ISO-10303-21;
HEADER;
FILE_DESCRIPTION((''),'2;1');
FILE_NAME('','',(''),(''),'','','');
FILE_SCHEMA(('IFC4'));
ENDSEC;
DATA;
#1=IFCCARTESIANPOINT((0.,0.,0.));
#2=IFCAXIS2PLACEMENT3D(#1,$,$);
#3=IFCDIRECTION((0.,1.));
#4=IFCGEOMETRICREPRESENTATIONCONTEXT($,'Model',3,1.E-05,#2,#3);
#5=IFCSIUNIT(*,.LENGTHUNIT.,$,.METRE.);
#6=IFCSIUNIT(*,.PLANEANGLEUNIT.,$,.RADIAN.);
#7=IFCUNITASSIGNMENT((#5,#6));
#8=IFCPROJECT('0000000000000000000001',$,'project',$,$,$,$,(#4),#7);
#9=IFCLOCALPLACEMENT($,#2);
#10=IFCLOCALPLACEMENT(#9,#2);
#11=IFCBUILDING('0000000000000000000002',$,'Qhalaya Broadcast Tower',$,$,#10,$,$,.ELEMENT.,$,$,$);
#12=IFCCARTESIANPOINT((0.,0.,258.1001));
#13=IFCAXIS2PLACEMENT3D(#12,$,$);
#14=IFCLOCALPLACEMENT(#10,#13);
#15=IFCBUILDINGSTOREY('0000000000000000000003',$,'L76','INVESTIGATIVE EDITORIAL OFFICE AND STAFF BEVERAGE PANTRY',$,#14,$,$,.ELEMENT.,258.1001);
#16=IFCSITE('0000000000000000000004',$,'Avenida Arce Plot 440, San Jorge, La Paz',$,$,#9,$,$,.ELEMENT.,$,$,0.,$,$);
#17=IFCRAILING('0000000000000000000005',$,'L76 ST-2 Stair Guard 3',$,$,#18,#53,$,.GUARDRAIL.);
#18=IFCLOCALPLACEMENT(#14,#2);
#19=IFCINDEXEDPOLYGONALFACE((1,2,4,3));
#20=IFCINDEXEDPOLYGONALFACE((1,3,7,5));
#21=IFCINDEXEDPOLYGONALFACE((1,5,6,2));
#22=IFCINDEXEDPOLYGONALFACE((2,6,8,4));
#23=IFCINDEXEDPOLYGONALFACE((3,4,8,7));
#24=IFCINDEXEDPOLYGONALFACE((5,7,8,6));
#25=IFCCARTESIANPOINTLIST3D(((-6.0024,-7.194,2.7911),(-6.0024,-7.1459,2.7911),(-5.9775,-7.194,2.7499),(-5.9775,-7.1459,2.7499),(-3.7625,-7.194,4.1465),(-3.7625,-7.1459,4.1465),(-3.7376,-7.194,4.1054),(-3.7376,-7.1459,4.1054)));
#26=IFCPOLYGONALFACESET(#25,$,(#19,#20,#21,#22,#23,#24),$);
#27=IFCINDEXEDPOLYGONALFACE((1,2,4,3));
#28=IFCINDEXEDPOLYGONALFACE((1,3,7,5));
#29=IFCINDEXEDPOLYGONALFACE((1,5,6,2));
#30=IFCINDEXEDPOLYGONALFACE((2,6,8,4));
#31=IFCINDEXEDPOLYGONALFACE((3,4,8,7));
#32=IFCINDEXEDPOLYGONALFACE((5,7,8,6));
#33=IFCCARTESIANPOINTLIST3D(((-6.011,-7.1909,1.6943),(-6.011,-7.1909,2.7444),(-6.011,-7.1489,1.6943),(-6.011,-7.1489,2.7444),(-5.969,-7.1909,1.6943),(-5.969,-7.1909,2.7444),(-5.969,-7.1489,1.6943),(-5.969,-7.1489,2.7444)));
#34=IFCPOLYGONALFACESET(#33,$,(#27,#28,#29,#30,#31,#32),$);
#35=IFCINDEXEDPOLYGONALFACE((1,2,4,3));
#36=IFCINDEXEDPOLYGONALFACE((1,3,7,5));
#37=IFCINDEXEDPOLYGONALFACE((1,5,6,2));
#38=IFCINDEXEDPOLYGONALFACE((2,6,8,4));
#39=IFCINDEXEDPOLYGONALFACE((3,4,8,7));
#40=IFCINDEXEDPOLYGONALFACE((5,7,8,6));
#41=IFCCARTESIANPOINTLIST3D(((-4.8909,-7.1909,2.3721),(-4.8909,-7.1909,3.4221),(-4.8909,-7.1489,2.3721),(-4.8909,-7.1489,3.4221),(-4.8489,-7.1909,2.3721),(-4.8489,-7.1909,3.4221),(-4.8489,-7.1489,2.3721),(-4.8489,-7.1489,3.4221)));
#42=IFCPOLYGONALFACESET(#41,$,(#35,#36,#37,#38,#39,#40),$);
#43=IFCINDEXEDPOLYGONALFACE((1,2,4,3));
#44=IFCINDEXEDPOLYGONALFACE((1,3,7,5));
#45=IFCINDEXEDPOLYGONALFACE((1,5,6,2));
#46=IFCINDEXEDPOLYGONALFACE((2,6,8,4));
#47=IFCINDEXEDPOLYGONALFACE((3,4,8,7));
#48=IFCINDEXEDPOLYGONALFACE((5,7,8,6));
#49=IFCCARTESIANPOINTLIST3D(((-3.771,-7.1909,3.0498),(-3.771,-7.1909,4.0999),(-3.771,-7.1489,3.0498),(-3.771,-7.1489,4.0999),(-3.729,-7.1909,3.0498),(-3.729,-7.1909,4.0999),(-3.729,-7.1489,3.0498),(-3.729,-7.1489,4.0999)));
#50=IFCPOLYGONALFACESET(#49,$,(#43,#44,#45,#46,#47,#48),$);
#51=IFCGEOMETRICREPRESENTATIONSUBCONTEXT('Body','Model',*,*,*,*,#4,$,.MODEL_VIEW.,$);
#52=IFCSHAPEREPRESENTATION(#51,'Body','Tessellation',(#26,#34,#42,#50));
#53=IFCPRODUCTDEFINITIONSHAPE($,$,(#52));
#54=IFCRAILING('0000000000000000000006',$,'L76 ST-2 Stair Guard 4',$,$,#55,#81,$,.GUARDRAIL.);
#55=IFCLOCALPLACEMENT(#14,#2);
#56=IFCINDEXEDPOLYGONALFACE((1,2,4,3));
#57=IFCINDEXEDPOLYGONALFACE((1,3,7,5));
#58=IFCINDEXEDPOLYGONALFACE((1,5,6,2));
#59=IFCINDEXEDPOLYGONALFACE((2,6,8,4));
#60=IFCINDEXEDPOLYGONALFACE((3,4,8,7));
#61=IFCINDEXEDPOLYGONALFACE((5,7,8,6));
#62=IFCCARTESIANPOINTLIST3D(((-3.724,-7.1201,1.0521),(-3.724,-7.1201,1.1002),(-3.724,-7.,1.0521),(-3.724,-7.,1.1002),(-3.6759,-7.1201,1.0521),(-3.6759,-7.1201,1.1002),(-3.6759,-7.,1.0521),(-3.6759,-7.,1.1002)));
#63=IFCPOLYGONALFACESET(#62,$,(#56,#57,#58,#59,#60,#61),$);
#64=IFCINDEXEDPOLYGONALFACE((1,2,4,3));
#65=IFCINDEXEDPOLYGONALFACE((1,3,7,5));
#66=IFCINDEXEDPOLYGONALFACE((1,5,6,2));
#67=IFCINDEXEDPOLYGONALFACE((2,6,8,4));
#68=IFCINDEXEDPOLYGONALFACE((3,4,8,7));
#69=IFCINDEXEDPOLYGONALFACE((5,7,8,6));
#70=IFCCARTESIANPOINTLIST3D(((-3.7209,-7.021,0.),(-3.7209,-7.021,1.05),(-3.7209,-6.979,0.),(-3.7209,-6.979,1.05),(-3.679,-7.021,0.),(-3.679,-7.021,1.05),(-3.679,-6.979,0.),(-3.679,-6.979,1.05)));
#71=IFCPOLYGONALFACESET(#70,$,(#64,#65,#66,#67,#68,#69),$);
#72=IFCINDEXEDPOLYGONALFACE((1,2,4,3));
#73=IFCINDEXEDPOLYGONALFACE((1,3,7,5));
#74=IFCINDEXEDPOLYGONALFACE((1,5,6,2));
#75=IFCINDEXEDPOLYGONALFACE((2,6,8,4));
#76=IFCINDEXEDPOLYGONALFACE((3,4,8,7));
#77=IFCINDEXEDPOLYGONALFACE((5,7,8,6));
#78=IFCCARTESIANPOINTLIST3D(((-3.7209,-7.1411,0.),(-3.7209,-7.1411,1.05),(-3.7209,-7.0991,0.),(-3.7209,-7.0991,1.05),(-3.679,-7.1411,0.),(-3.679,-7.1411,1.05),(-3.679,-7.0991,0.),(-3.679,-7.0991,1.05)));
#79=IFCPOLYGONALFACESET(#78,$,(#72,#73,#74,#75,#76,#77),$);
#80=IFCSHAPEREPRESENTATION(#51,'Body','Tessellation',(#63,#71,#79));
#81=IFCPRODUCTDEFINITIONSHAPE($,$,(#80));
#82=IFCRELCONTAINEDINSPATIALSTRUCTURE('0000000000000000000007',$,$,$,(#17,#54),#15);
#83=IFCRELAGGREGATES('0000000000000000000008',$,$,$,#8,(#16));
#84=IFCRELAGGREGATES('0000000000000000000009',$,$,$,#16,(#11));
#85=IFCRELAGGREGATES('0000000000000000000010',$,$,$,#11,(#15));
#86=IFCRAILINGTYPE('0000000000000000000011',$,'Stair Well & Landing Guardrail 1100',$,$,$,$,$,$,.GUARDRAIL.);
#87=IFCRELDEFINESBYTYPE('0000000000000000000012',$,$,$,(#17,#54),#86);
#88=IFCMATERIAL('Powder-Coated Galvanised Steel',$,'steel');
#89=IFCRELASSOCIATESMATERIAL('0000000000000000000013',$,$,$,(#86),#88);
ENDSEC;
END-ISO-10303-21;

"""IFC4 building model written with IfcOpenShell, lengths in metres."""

from ifc_helpers import new_model, si_unit, direction, frame, origin, origin_2d, place, context, subcontext, project, spatial, rectangle, extrude, material, type_object, element, save


model = new_model("IFC4")

# Units and contexts
model_context = context("Model", 3, precision=1e-05, world=origin(), true_north=direction((0.0, 1.0)))
body_context = subcontext(model_context, "Body", "Model", "MODEL_VIEW")
ifc_project = project(units=[si_unit("LENGTHUNIT", "METRE"), si_unit("PLANEANGLEUNIT", "RADIAN")], contexts=[model_context])

# Site, building, storey
site_placement = place(None, origin())
site = spatial("IfcSite", under=ifc_project, at=site_placement, Name="Avenida Arce Plot 440, San Jorge, La Paz", CompositionType="ELEMENT", RefElevation=0.0)
building_placement = place(site_placement, origin())
building = spatial("IfcBuilding", under=site, at=building_placement, Name="Qhalaya Broadcast Tower", CompositionType="ELEMENT")
storey_placement = place(building_placement, frame((0.0, 0.0, 258.1001)))
storey = spatial("IfcBuildingStorey", under=building, at=storey_placement, Name="L76", Description="INVESTIGATIVE EDITORIAL OFFICE AND STAFF BEVERAGE PANTRY", CompositionType="ELEMENT", Elevation=258.1001)

# Railings
ifc_material_1 = material(Name="Powder-Coated Galvanised Steel", Category="steel")
railing_type_1 = type_object("IfcRailingType", Name="Stair Well & Landing Guardrail 1100", PredefinedType="GUARDRAIL", material=ifc_material_1)
railing_1_placement = place(storey_placement, frame((-5.99, -7.1699, 1.6943)))
element("IfcRailing", 1, at=railing_1_placement, inside=storey, type_object=railing_type_1, Name="L76 ST-2 Stair Guard 3", PredefinedType="GUARDRAIL", context=body_context, shape_type="SweptSolid", body=[
    extrude(rectangle(XDim=0.0481, YDim=0.0481, at=origin_2d()), frame((0.0, 0.0, 1.0762), z_axis=(0.855553, 0.0, 0.517715), x_axis=(0.0, 1.0, 0.0)), (0.0, 0.0, 1.0), 2.6182),
    extrude(rectangle(XDim=0.042, YDim=0.042, at=origin_2d()), origin(), (0.0, 0.0, 1.0), 1.05),
    extrude(rectangle(XDim=0.042, YDim=0.042, at=origin_2d()), frame((1.1201, 0.0, 0.6777)), (0.0, 0.0, 1.0), 1.05),
    extrude(rectangle(XDim=0.042, YDim=0.042, at=origin_2d()), frame((2.24, 0.0, 1.3555)), (0.0, 0.0, 1.0), 1.05),
])
railing_2_placement = place(storey_placement, frame((-3.7, -7.0, 0.0)))
element("IfcRailing", 2, at=railing_2_placement, inside=storey, type_object=railing_type_1, Name="L76 ST-2 Stair Guard 4", PredefinedType="GUARDRAIL", context=body_context, shape_type="SweptSolid", body=[
    extrude(rectangle(XDim=0.0481, YDim=0.0481, at=origin_2d()), frame((0.0, 0.0, 1.0762), z_axis=(0.0, -1.0, 0.0), x_axis=(1.0, 0.0, 0.0)), (0.0, 0.0, 1.0), 0.1201),
    extrude(rectangle(XDim=0.042, YDim=0.042, at=origin_2d()), origin(), (0.0, 0.0, 1.0), 1.05),
    extrude(rectangle(XDim=0.042, YDim=0.042, at=origin_2d()), frame((0.0, -0.1201, 0.0)), (0.0, 0.0, 1.0), 1.05),
])

save(model, "model.ifc")
